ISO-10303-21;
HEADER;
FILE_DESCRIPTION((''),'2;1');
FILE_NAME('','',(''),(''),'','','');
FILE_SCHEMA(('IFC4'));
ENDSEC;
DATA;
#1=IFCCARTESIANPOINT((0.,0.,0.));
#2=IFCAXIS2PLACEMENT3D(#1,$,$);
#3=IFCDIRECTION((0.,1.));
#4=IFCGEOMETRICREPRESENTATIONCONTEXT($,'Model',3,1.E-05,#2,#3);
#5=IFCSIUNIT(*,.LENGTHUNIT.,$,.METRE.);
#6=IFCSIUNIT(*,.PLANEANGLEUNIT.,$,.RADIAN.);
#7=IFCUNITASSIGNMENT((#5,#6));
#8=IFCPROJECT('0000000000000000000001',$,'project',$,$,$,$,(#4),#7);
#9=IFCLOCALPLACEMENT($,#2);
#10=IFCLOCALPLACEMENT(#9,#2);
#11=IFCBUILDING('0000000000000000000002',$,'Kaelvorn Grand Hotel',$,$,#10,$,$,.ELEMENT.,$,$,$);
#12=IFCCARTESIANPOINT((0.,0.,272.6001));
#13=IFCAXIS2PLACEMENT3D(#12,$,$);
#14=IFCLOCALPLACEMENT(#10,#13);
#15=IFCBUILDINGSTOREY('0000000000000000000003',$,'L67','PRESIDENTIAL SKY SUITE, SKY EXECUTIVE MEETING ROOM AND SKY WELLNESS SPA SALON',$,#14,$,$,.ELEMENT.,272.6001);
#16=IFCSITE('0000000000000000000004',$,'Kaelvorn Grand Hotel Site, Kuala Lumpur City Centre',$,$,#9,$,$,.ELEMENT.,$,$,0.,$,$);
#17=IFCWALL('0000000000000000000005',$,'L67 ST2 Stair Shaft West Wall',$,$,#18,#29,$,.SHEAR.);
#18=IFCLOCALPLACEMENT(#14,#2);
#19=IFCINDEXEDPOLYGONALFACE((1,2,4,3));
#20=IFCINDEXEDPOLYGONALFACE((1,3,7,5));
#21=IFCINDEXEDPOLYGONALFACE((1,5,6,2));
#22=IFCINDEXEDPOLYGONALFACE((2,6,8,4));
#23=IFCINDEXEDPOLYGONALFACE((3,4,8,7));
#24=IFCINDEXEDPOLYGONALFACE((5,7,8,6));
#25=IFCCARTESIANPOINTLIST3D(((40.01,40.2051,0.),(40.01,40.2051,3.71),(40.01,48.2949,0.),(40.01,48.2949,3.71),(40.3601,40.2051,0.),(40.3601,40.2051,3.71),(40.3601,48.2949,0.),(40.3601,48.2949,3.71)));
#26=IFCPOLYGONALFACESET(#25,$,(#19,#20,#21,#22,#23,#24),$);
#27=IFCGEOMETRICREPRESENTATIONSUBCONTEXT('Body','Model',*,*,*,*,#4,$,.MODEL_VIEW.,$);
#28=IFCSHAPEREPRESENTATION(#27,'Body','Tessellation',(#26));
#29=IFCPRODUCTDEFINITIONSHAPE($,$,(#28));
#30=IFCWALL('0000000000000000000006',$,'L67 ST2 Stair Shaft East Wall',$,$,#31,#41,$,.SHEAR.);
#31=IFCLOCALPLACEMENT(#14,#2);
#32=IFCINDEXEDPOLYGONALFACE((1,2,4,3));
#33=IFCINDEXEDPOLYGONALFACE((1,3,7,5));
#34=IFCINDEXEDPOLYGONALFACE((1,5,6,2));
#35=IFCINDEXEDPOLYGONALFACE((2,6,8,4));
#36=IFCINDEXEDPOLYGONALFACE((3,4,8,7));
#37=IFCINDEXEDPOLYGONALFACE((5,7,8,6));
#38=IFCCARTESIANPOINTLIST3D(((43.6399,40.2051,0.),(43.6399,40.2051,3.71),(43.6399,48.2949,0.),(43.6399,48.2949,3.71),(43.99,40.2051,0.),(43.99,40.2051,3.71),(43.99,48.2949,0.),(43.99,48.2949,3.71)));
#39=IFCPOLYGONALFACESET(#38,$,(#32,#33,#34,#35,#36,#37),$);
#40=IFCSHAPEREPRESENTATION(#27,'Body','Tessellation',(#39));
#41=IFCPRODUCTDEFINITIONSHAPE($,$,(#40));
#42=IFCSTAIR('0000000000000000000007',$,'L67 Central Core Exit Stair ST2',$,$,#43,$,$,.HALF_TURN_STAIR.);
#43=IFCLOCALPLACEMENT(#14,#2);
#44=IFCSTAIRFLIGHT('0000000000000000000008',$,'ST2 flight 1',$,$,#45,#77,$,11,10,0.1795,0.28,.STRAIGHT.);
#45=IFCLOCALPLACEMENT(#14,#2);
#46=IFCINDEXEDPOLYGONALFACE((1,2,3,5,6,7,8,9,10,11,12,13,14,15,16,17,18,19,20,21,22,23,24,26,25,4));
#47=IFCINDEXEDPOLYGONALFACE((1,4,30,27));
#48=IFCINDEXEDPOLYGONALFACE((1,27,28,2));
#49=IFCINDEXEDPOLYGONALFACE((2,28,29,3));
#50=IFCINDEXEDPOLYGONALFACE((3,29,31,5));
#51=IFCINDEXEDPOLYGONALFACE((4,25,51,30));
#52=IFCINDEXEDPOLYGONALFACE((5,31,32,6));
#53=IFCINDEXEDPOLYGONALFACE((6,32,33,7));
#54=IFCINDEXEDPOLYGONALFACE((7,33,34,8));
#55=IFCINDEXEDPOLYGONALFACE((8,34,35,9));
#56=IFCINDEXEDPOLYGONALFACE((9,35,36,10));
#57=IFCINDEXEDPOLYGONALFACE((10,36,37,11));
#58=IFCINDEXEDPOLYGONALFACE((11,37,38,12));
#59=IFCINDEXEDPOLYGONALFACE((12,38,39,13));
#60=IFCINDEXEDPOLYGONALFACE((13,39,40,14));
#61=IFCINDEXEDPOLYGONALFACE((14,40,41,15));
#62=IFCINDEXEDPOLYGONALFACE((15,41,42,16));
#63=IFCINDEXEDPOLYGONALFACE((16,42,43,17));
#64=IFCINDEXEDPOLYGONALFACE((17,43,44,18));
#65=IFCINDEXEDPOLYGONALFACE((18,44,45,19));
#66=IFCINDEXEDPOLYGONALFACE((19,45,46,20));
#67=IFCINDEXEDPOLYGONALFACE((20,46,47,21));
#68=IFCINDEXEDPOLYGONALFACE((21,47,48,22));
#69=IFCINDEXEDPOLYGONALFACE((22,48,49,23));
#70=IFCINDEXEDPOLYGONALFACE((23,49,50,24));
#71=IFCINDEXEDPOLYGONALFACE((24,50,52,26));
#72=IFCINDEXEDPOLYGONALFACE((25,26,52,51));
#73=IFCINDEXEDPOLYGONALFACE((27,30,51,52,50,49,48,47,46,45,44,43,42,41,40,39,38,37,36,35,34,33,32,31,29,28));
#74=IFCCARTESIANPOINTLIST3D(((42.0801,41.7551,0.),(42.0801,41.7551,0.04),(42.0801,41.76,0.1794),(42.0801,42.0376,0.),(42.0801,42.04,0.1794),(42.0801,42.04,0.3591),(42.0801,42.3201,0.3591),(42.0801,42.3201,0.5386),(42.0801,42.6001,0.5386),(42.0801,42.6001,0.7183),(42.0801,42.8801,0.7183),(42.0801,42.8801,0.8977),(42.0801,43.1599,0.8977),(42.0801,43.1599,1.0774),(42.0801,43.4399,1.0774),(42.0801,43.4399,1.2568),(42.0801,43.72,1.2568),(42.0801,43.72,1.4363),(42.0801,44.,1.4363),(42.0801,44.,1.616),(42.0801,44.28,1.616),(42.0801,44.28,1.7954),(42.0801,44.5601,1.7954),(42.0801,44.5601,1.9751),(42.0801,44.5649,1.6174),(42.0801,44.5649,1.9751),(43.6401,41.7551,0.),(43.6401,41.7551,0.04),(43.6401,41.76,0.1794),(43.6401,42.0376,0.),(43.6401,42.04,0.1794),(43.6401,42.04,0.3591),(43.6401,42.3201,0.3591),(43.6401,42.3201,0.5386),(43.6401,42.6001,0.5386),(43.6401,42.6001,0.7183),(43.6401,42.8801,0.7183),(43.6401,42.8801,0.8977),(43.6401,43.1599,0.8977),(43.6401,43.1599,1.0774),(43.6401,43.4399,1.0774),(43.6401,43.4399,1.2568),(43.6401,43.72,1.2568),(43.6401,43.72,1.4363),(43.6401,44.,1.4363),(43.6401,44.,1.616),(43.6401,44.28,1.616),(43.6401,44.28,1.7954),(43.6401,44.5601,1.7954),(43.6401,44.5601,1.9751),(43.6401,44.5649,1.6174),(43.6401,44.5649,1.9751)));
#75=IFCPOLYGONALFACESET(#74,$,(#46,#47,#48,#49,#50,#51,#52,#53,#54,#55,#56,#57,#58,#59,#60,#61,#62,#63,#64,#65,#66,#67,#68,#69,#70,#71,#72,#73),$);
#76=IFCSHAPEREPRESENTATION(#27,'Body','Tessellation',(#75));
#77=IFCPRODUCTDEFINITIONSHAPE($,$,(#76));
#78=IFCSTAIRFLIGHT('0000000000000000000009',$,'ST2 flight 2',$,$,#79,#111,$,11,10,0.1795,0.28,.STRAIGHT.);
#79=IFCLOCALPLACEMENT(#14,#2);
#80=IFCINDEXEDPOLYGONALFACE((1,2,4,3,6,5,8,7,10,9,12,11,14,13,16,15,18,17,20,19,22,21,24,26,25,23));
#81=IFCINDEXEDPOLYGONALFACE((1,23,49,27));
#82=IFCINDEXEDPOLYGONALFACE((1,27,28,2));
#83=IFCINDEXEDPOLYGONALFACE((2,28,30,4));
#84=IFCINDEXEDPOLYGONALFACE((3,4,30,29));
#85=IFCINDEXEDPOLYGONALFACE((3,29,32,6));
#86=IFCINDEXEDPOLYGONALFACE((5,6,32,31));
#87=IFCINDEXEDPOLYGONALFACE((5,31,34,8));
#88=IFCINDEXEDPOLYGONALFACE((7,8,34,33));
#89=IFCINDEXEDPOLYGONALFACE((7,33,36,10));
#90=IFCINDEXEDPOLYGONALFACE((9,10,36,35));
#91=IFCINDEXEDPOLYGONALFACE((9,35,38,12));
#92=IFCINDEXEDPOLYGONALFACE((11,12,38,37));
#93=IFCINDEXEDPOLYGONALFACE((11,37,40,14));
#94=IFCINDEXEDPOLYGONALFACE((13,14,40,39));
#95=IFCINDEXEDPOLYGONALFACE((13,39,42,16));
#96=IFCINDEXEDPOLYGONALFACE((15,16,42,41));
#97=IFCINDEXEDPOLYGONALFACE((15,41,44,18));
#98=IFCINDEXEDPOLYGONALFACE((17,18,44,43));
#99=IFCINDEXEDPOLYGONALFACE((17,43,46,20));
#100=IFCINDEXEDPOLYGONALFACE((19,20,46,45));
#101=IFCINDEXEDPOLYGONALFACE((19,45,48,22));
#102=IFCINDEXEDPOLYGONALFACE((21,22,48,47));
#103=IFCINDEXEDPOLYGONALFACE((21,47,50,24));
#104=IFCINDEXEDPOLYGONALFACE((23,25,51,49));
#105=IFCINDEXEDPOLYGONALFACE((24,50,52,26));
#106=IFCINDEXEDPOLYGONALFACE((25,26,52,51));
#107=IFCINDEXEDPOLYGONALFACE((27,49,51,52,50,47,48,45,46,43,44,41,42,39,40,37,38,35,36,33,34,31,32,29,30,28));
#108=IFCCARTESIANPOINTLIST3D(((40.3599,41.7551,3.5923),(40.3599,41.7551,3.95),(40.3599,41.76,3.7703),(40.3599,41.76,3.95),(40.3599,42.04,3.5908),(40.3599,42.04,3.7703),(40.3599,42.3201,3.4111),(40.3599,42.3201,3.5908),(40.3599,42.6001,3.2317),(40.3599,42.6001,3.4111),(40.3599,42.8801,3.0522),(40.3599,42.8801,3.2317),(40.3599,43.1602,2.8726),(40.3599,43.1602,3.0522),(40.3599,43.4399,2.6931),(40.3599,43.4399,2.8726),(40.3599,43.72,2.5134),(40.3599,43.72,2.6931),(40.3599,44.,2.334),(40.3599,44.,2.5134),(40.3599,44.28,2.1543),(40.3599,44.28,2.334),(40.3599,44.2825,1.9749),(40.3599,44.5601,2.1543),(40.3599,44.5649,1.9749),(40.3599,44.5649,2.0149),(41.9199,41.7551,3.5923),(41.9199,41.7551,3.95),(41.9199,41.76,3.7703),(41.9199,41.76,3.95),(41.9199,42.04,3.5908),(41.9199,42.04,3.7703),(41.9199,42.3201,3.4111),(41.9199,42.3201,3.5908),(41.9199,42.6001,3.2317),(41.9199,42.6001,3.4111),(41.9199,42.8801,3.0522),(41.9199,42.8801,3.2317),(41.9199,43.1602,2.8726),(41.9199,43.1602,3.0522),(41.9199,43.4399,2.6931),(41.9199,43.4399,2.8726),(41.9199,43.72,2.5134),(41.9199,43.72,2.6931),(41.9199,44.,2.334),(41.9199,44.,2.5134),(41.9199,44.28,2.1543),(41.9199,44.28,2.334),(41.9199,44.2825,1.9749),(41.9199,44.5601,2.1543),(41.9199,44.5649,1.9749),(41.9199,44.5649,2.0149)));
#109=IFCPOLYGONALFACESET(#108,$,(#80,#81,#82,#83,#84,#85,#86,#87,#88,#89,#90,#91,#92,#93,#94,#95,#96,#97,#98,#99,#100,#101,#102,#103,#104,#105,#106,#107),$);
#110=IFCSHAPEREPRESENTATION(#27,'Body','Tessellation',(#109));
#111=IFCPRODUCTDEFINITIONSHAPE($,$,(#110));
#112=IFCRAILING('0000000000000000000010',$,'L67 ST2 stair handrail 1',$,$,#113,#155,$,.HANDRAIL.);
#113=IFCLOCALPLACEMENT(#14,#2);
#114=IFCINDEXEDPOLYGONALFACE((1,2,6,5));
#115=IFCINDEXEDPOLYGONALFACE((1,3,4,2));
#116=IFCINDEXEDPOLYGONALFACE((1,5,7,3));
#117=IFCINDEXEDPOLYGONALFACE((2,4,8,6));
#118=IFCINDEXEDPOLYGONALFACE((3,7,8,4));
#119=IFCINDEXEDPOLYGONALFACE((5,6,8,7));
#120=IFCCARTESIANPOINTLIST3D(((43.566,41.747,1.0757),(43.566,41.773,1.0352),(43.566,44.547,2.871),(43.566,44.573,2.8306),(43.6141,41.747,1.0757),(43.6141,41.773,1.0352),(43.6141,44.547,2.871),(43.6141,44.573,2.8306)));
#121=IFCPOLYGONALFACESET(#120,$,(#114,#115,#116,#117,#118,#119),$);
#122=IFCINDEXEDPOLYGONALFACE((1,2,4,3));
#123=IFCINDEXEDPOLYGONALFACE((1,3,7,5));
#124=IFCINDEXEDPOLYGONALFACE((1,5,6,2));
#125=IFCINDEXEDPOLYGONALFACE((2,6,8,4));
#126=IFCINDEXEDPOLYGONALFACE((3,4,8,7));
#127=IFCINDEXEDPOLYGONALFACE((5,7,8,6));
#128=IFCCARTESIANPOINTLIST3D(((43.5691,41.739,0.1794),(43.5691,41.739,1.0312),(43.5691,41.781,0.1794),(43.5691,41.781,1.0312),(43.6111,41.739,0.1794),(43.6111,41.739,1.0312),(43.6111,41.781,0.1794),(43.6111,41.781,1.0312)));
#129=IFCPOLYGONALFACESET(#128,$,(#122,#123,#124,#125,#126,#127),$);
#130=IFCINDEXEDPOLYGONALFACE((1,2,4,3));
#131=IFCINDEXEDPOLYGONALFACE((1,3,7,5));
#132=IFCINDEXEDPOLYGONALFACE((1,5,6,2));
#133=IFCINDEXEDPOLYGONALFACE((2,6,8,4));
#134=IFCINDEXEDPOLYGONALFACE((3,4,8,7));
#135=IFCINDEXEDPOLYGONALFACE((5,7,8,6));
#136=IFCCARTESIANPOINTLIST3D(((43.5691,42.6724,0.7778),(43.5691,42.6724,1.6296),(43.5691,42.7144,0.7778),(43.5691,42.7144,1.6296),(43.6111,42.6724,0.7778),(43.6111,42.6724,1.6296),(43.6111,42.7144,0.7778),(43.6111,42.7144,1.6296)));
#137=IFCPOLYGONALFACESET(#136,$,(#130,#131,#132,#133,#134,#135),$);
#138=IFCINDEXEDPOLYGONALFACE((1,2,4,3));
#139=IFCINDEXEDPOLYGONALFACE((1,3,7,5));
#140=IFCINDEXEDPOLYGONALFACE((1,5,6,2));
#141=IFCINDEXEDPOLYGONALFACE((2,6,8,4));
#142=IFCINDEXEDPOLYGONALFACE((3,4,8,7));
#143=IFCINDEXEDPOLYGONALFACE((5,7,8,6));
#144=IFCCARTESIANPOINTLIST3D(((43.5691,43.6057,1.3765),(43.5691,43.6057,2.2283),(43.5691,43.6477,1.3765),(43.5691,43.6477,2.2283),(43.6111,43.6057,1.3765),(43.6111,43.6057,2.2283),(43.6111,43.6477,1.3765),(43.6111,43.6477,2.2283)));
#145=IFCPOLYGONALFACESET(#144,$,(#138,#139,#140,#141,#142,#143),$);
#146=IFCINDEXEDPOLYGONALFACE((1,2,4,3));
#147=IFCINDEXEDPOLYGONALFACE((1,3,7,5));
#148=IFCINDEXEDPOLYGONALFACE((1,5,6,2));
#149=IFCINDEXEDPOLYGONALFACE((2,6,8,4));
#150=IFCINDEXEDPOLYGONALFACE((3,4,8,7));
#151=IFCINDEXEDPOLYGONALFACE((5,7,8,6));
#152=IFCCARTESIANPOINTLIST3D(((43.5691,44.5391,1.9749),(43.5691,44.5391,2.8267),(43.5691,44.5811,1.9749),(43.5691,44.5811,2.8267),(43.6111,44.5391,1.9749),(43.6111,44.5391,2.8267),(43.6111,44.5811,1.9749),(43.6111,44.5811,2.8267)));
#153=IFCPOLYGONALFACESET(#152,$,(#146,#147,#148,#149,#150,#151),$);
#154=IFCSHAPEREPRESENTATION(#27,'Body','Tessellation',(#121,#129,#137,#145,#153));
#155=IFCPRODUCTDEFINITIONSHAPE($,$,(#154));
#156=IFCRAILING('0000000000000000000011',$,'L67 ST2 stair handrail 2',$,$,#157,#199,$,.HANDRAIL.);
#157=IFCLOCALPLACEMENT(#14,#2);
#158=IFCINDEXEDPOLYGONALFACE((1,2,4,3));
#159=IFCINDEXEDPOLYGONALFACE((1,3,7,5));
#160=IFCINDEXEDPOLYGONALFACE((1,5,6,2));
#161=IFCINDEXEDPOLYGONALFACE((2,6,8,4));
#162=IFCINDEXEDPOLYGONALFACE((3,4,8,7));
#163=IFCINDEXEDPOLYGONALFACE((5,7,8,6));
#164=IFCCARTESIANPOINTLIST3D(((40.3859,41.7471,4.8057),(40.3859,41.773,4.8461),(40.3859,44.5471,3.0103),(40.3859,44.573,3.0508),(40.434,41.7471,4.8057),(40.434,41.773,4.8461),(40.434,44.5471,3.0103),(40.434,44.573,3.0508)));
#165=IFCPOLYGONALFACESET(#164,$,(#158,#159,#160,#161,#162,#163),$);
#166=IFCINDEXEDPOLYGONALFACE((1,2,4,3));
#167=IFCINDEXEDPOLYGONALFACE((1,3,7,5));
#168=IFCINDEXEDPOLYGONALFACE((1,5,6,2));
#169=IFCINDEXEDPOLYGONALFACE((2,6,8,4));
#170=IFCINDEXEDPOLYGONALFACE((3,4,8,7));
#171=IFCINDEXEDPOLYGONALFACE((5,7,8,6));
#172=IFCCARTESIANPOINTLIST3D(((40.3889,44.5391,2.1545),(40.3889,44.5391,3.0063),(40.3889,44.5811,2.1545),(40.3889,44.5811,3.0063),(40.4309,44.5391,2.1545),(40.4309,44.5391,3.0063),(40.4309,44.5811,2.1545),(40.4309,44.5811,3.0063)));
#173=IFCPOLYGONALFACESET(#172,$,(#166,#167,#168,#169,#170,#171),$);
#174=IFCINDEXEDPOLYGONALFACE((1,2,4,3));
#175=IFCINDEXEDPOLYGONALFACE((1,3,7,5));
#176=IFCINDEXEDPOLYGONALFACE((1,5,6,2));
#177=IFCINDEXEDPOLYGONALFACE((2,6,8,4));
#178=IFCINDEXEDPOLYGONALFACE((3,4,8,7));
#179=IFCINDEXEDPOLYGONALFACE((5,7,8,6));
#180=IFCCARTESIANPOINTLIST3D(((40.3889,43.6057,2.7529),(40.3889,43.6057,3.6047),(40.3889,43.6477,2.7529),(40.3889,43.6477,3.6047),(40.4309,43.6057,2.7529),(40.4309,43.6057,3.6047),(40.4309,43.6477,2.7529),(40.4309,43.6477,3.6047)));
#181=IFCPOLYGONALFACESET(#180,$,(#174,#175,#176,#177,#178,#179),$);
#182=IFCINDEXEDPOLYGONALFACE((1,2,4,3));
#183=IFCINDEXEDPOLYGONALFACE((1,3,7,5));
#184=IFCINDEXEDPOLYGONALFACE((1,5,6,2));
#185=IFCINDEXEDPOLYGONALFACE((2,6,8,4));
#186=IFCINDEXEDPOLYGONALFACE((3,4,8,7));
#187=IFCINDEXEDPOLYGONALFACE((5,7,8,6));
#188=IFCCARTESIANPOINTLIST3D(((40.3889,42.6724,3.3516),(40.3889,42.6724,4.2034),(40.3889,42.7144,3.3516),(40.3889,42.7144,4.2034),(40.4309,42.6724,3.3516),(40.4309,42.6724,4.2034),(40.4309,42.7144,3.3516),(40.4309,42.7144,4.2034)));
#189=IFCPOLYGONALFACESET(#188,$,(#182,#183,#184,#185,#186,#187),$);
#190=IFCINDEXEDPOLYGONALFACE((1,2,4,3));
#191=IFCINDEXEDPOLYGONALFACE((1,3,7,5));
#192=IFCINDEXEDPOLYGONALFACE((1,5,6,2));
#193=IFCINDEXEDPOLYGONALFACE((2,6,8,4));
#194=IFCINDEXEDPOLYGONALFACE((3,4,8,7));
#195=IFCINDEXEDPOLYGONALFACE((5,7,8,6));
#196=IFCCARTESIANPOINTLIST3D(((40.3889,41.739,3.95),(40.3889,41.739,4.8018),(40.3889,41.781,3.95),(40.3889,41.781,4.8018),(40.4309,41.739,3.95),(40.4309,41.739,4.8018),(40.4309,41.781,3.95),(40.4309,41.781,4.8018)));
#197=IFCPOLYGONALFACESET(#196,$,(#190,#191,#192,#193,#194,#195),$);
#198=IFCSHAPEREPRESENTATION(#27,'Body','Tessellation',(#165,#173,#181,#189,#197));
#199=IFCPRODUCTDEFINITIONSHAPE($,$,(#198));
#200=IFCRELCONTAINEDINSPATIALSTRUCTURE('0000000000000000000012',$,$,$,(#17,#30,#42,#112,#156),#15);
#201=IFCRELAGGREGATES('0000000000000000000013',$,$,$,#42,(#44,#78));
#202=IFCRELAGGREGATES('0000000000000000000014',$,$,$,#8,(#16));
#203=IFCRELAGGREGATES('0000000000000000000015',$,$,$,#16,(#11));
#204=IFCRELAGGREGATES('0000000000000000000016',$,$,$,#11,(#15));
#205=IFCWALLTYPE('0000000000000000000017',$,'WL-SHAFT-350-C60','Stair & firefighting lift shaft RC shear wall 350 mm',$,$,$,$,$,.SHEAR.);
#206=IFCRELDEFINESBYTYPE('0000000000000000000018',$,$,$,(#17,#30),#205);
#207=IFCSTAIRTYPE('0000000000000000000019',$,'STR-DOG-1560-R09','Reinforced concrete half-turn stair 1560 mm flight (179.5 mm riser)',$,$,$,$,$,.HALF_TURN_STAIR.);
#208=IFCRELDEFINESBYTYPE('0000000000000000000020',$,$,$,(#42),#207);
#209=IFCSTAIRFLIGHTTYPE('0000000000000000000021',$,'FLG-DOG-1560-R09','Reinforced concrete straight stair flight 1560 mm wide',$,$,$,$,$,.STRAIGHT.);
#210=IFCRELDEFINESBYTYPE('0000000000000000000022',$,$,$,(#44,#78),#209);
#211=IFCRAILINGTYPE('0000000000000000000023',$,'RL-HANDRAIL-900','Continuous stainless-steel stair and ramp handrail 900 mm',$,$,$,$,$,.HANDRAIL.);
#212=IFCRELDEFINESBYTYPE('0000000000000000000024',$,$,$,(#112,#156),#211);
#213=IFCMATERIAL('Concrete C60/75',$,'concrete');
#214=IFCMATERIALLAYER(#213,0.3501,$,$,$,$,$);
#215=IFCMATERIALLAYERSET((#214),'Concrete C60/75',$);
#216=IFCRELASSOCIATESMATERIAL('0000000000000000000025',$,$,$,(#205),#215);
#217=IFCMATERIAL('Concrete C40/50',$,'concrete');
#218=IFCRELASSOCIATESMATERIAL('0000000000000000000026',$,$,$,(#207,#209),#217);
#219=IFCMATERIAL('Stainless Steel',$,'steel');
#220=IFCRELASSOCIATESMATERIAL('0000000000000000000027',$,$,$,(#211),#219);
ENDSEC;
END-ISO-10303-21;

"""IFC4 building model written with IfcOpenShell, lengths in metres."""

from ifc_helpers import new_model, si_unit, direction, frame, frame_2d, origin, origin_2d, place, context, subcontext, project, spatial, polyline, rectangle, outline, extrude, material, layer, layer_set, type_object, element, aggregate, save


model = new_model("IFC4")

# Units and contexts
model_context = context("Model", 3, precision=1e-05, world=origin(), true_north=direction((0.0, 1.0)))
body_context = subcontext(model_context, "Body", "Model", "MODEL_VIEW")
ifc_project = project(units=[si_unit("LENGTHUNIT", "METRE"), si_unit("PLANEANGLEUNIT", "RADIAN")], contexts=[model_context])

# Site, building, storey
site_placement = place(None, origin())
site = spatial("IfcSite", under=ifc_project, at=site_placement, Name="Kaelvorn Grand Hotel Site, Kuala Lumpur City Centre", CompositionType="ELEMENT", RefElevation=0.0)
building_placement = place(site_placement, origin())
building = spatial("IfcBuilding", under=site, at=building_placement, Name="Kaelvorn Grand Hotel", CompositionType="ELEMENT")
storey_placement = place(building_placement, frame((0.0, 0.0, 272.6001)))
storey = spatial("IfcBuildingStorey", under=building, at=storey_placement, Name="L67", Description="PRESIDENTIAL SKY SUITE, SKY EXECUTIVE MEETING ROOM AND SKY WELLNESS SPA SALON", CompositionType="ELEMENT", Elevation=272.6001)

# Walls
ifc_material_1 = material(Name="Concrete C40/50", Category="concrete")
ifc_material_2 = material(Name="Concrete C60/75", Category="concrete")
ifc_layer_1 = layer(ifc_material_2, 0.3501)
ifc_layer_set_1 = layer_set([ifc_layer_1], Name="Concrete C60/75")
wall_type_1 = type_object("IfcWallType", Name="WL-SHAFT-350-C60", Description="Stair & firefighting lift shaft RC shear wall 350 mm", PredefinedType="SHEAR", material=ifc_layer_set_1)
for number, where, z_axis, x_axis, name in (
    (1, (40.1851, 40.2051, 0.0), (0.0, 0.0, 1.0), (0.0, 1.0, 0.0), "L67 ST2 Stair Shaft West Wall"),
    (2, (43.8149, 40.2051, 0.0), (0.0, 0.0, 1.0), (0.0, 1.0, 0.0), "L67 ST2 Stair Shaft East Wall"),
):
    element("IfcWall", number, at=place(storey_placement, frame(where, z_axis=z_axis, x_axis=x_axis)), inside=storey, type_object=wall_type_1, Name=name, PredefinedType="SHEAR", context=body_context, shape_type="SweptSolid", body=[
        extrude(rectangle(XDim=8.0898, YDim=0.3501, at=frame_2d((4.0449, 0.0))), origin(), (0.0, 0.0, 1.0), 3.71),
    ])

# Stair, stair flights
stair_type = type_object("IfcStairType", Name="STR-DOG-1560-R09", Description="Reinforced concrete half-turn stair 1560 mm flight (179.5 mm riser)", PredefinedType="HALF_TURN_STAIR", material=ifc_material_1)
stair_placement = place(storey_placement, origin())
stair = element("IfcStair", 3, at=stair_placement, inside=storey, type_object=stair_type, Name="L67 Central Core Exit Stair ST2", PredefinedType="HALF_TURN_STAIR")
stair_flight_type = type_object("IfcStairFlightType", Name="FLG-DOG-1560-R09", Description="Reinforced concrete straight stair flight 1560 mm wide", PredefinedType="STRAIGHT", material=ifc_material_1)
stair_flight_1_placement = place(storey_placement, frame((42.8601, 41.76, 0.0), z_axis=(0.0, 0.0, 1.0), x_axis=(0.0, 1.0, 0.0)))
stair_flight_1 = element("IfcStairFlight", 4, at=stair_flight_1_placement, type_object=stair_flight_type, Name="ST2 flight 1", NumberOfRisers=11, NumberOfTreads=10, PredefinedType="STRAIGHT", RiserHeight=0.1795, TreadLength=0.28, context=body_context, shape_type="SweptSolid", body=[
    extrude(outline(polyline([(-0.0049, 0.0), (-0.0049, 0.04), (0.0, 0.1794), (0.28, 0.1794), (0.28, 0.3591), (0.5601, 0.3591), (0.5601, 0.5386), (0.8401, 0.5386), (0.8401, 0.7183), (1.1201, 0.7183), (1.1201, 0.8977), (1.3999, 0.8977), (1.3999, 1.0774), (1.6799, 1.0774), (1.6799, 1.2568), (1.96, 1.2568), (1.96, 1.4363), (2.24, 1.4363), (2.24, 1.616), (2.52, 1.616), (2.52, 1.7954), (2.8, 1.7954), (2.8, 1.9751), (2.8049, 1.9751), (2.8049, 1.6174), (0.2776, 0.0), (-0.0049, 0.0)])), frame((0.0, 0.78, 0.0), z_axis=(0.0, -1.0, 0.0), x_axis=(1.0, 0.0, 0.0)), (0.0, 0.0, 1.0), 1.5601),
])
stair_flight_2_placement = place(storey_placement, frame((41.1399, 44.5601, 1.9749), z_axis=(0.0, 0.0, 1.0), x_axis=(0.0, -1.0, 0.0)))
stair_flight_2 = element("IfcStairFlight", 5, at=stair_flight_2_placement, type_object=stair_flight_type, Name="ST2 flight 2", NumberOfRisers=11, NumberOfTreads=10, PredefinedType="STRAIGHT", RiserHeight=0.1795, TreadLength=0.28, context=body_context, shape_type="SweptSolid", body=[
    extrude(outline(polyline([(-0.0049, 0.0), (-0.0049, 0.04), (0.0, 0.1794), (0.28, 0.1794), (0.28, 0.3591), (0.5601, 0.3591), (0.5601, 0.5386), (0.8401, 0.5386), (0.8401, 0.7183), (1.1201, 0.7183), (1.1201, 0.8977), (1.3999, 0.8977), (1.3999, 1.0774), (1.6799, 1.0774), (1.6799, 1.2568), (1.96, 1.2568), (1.96, 1.4363), (2.24, 1.4363), (2.24, 1.616), (2.52, 1.616), (2.52, 1.7954), (2.8, 1.7954), (2.8, 1.9751), (2.8049, 1.9751), (2.8049, 1.6174), (0.2776, 0.0), (-0.0049, 0.0)])), frame((0.0, 0.78, 0.0), z_axis=(0.0, -1.0, 0.0), x_axis=(1.0, 0.0, 0.0)), (0.0, 0.0, 1.0), 1.5601),
])
aggregate(stair, [stair_flight_1, stair_flight_2])

# Railings
ifc_material_3 = material(Name="Stainless Steel", Category="steel")
railing_type_1 = type_object("IfcRailingType", Name="RL-HANDRAIL-900", Description="Continuous stainless-steel stair and ramp handrail 900 mm", PredefinedType="HANDRAIL", material=ifc_material_3)
railing_1_placement = place(storey_placement, frame((43.5901, 41.76, 0.1794)))
element("IfcRailing", 6, at=railing_1_placement, inside=storey, type_object=railing_type_1, Name="L67 ST2 stair handrail 1", PredefinedType="HANDRAIL", context=body_context, shape_type="SweptSolid", body=[
    extrude(rectangle(XDim=0.0481, YDim=0.0481, at=origin_2d()), frame((0.0, 0.0, 0.876), z_axis=(0.0, 0.84181, 0.539774), x_axis=(-1.0, 0.0, 0.0)), (0.0, 0.0, 1.0), 3.3262),
    extrude(rectangle(XDim=0.042, YDim=0.042, at=origin_2d()), origin(), (0.0, 0.0, 1.0), 0.8518),
    extrude(rectangle(XDim=0.042, YDim=0.042, at=origin_2d()), frame((0.0, 0.9333, 0.5984)), (0.0, 0.0, 1.0), 0.8518),
    extrude(rectangle(XDim=0.042, YDim=0.042, at=origin_2d()), frame((0.0, 1.8667, 1.197)), (0.0, 0.0, 1.0), 0.8518),
    extrude(rectangle(XDim=0.042, YDim=0.042, at=origin_2d()), frame((0.0, 2.8, 1.7954)), (0.0, 0.0, 1.0), 0.8518),
])
railing_2_placement = place(storey_placement, frame((40.4099, 44.5601, 2.1545)))
element("IfcRailing", 7, at=railing_2_placement, inside=storey, type_object=railing_type_1, Name="L67 ST2 stair handrail 2", PredefinedType="HANDRAIL", context=body_context, shape_type="SweptSolid", body=[
    extrude(rectangle(XDim=0.0481, YDim=0.0481, at=origin_2d()), frame((0.0, 0.0, 0.876), z_axis=(0.0, -0.84181, 0.539774), x_axis=(1.0, 0.0, 0.0)), (0.0, 0.0, 1.0), 3.3262),
    extrude(rectangle(XDim=0.042, YDim=0.042, at=origin_2d()), origin(), (0.0, 0.0, 1.0), 0.8518),
    extrude(rectangle(XDim=0.042, YDim=0.042, at=origin_2d()), frame((0.0, -0.9333, 0.5984)), (0.0, 0.0, 1.0), 0.8518),
    extrude(rectangle(XDim=0.042, YDim=0.042, at=origin_2d()), frame((0.0, -1.8667, 1.197)), (0.0, 0.0, 1.0), 0.8518),
    extrude(rectangle(XDim=0.042, YDim=0.042, at=origin_2d()), frame((0.0, -2.8, 1.7954)), (0.0, 0.0, 1.0), 0.8518),
])

save(model, "model.ifc")
